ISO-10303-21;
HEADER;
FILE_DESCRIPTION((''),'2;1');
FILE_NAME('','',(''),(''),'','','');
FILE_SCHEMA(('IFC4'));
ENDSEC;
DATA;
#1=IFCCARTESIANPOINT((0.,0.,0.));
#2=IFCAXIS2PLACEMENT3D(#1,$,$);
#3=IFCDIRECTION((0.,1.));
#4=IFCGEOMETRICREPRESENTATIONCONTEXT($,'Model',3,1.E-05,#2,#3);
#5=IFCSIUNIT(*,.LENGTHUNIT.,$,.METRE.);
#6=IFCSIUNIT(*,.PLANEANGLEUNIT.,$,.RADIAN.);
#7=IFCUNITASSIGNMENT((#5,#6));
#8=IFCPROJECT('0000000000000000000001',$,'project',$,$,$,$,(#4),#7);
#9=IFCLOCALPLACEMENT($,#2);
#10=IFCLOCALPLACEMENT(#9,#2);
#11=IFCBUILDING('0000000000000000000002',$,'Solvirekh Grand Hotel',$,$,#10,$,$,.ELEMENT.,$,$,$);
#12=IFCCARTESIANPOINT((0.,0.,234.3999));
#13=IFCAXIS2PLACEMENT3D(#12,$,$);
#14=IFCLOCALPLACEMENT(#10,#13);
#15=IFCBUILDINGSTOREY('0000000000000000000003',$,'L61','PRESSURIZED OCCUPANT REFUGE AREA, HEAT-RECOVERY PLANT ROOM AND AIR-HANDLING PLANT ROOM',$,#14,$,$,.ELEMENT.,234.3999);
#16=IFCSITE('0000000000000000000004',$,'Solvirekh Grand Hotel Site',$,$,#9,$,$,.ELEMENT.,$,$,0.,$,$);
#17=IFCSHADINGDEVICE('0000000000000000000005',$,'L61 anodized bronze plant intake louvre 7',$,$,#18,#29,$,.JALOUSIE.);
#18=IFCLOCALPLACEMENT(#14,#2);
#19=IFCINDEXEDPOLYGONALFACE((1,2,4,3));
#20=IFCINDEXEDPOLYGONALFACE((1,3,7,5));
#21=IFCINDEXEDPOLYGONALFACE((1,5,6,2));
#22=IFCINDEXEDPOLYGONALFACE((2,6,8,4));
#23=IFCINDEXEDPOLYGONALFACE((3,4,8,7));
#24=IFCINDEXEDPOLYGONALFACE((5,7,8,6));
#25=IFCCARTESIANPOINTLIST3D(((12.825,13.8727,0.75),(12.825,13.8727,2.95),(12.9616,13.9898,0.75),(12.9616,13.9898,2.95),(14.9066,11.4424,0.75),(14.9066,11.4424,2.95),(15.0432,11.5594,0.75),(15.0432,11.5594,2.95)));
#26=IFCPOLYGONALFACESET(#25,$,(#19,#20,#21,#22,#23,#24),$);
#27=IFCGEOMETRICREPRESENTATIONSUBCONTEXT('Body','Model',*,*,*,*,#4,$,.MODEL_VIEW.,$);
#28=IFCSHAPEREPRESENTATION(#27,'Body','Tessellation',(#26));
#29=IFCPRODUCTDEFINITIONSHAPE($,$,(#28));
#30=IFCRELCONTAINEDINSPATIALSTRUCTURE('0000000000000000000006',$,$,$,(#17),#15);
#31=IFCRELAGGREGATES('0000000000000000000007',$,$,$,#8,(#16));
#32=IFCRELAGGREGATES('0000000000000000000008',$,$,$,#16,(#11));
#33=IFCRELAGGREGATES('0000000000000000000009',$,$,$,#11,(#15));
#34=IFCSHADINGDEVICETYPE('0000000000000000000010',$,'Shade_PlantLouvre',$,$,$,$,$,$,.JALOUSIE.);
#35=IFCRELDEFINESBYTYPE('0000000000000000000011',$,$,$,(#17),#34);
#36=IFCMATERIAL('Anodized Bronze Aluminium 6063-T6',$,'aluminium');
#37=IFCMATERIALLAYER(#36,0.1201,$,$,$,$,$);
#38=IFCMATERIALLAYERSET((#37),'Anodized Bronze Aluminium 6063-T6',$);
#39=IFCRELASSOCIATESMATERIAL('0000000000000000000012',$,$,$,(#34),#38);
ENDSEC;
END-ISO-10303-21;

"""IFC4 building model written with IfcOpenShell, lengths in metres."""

from ifc_helpers import new_model, si_unit, direction, frame, origin, origin_2d, place, context, subcontext, project, spatial, rectangle, extrude, material, layer, layer_set, type_object, element, save


model = new_model("IFC4")

# Units and contexts
model_context = context("Model", 3, precision=1e-05, world=origin(), true_north=direction((0.0, 1.0)))
body_context = subcontext(model_context, "Body", "Model", "MODEL_VIEW")
ifc_project = project(units=[si_unit("LENGTHUNIT", "METRE"), si_unit("PLANEANGLEUNIT", "RADIAN")], contexts=[model_context])

# Site, building, storey
site_placement = place(None, origin())
site = spatial("IfcSite", under=ifc_project, at=site_placement, Name="Solvirekh Grand Hotel Site", CompositionType="ELEMENT", RefElevation=0.0)
building_placement = place(site_placement, origin())
building = spatial("IfcBuilding", under=site, at=building_placement, Name="Solvirekh Grand Hotel", CompositionType="ELEMENT")
storey_placement = place(building_placement, frame((0.0, 0.0, 234.3999)))
storey = spatial("IfcBuildingStorey", under=building, at=storey_placement, Name="L61", Description="PRESSURIZED OCCUPANT REFUGE AREA, HEAT-RECOVERY PLANT ROOM AND AIR-HANDLING PLANT ROOM", CompositionType="ELEMENT", Elevation=234.3999)

# Shared definitions
ifc_material_1 = material(Name="Anodized Bronze Aluminium 6063-T6", Category="aluminium")

# Shading device
ifc_layer_1 = layer(ifc_material_1, 0.1201)
ifc_layer_set_1 = layer_set([ifc_layer_1], Name="Anodized Bronze Aluminium 6063-T6")
shading_device_type = type_object("IfcShadingDeviceType", Name="Shade_PlantLouvre", PredefinedType="JALOUSIE", material=ifc_layer_set_1)
shading_device_placement = place(storey_placement, frame((13.9341, 12.7161, 0.75), z_axis=(0.0, 0.0, 1.0), x_axis=(0.650509, -0.759498, 0.0)))
element("IfcShadingDevice", 1, at=shading_device_placement, inside=storey, type_object=shading_device_type, Name="L61 anodized bronze plant intake louvre 7", PredefinedType="JALOUSIE", context=body_context, shape_type="SweptSolid", body=[
    extrude(rectangle(XDim=3.2, YDim=0.1799, at=origin_2d()), origin(), (0.0, 0.0, 1.0), 2.2),
])

save(model, "model.ifc")
